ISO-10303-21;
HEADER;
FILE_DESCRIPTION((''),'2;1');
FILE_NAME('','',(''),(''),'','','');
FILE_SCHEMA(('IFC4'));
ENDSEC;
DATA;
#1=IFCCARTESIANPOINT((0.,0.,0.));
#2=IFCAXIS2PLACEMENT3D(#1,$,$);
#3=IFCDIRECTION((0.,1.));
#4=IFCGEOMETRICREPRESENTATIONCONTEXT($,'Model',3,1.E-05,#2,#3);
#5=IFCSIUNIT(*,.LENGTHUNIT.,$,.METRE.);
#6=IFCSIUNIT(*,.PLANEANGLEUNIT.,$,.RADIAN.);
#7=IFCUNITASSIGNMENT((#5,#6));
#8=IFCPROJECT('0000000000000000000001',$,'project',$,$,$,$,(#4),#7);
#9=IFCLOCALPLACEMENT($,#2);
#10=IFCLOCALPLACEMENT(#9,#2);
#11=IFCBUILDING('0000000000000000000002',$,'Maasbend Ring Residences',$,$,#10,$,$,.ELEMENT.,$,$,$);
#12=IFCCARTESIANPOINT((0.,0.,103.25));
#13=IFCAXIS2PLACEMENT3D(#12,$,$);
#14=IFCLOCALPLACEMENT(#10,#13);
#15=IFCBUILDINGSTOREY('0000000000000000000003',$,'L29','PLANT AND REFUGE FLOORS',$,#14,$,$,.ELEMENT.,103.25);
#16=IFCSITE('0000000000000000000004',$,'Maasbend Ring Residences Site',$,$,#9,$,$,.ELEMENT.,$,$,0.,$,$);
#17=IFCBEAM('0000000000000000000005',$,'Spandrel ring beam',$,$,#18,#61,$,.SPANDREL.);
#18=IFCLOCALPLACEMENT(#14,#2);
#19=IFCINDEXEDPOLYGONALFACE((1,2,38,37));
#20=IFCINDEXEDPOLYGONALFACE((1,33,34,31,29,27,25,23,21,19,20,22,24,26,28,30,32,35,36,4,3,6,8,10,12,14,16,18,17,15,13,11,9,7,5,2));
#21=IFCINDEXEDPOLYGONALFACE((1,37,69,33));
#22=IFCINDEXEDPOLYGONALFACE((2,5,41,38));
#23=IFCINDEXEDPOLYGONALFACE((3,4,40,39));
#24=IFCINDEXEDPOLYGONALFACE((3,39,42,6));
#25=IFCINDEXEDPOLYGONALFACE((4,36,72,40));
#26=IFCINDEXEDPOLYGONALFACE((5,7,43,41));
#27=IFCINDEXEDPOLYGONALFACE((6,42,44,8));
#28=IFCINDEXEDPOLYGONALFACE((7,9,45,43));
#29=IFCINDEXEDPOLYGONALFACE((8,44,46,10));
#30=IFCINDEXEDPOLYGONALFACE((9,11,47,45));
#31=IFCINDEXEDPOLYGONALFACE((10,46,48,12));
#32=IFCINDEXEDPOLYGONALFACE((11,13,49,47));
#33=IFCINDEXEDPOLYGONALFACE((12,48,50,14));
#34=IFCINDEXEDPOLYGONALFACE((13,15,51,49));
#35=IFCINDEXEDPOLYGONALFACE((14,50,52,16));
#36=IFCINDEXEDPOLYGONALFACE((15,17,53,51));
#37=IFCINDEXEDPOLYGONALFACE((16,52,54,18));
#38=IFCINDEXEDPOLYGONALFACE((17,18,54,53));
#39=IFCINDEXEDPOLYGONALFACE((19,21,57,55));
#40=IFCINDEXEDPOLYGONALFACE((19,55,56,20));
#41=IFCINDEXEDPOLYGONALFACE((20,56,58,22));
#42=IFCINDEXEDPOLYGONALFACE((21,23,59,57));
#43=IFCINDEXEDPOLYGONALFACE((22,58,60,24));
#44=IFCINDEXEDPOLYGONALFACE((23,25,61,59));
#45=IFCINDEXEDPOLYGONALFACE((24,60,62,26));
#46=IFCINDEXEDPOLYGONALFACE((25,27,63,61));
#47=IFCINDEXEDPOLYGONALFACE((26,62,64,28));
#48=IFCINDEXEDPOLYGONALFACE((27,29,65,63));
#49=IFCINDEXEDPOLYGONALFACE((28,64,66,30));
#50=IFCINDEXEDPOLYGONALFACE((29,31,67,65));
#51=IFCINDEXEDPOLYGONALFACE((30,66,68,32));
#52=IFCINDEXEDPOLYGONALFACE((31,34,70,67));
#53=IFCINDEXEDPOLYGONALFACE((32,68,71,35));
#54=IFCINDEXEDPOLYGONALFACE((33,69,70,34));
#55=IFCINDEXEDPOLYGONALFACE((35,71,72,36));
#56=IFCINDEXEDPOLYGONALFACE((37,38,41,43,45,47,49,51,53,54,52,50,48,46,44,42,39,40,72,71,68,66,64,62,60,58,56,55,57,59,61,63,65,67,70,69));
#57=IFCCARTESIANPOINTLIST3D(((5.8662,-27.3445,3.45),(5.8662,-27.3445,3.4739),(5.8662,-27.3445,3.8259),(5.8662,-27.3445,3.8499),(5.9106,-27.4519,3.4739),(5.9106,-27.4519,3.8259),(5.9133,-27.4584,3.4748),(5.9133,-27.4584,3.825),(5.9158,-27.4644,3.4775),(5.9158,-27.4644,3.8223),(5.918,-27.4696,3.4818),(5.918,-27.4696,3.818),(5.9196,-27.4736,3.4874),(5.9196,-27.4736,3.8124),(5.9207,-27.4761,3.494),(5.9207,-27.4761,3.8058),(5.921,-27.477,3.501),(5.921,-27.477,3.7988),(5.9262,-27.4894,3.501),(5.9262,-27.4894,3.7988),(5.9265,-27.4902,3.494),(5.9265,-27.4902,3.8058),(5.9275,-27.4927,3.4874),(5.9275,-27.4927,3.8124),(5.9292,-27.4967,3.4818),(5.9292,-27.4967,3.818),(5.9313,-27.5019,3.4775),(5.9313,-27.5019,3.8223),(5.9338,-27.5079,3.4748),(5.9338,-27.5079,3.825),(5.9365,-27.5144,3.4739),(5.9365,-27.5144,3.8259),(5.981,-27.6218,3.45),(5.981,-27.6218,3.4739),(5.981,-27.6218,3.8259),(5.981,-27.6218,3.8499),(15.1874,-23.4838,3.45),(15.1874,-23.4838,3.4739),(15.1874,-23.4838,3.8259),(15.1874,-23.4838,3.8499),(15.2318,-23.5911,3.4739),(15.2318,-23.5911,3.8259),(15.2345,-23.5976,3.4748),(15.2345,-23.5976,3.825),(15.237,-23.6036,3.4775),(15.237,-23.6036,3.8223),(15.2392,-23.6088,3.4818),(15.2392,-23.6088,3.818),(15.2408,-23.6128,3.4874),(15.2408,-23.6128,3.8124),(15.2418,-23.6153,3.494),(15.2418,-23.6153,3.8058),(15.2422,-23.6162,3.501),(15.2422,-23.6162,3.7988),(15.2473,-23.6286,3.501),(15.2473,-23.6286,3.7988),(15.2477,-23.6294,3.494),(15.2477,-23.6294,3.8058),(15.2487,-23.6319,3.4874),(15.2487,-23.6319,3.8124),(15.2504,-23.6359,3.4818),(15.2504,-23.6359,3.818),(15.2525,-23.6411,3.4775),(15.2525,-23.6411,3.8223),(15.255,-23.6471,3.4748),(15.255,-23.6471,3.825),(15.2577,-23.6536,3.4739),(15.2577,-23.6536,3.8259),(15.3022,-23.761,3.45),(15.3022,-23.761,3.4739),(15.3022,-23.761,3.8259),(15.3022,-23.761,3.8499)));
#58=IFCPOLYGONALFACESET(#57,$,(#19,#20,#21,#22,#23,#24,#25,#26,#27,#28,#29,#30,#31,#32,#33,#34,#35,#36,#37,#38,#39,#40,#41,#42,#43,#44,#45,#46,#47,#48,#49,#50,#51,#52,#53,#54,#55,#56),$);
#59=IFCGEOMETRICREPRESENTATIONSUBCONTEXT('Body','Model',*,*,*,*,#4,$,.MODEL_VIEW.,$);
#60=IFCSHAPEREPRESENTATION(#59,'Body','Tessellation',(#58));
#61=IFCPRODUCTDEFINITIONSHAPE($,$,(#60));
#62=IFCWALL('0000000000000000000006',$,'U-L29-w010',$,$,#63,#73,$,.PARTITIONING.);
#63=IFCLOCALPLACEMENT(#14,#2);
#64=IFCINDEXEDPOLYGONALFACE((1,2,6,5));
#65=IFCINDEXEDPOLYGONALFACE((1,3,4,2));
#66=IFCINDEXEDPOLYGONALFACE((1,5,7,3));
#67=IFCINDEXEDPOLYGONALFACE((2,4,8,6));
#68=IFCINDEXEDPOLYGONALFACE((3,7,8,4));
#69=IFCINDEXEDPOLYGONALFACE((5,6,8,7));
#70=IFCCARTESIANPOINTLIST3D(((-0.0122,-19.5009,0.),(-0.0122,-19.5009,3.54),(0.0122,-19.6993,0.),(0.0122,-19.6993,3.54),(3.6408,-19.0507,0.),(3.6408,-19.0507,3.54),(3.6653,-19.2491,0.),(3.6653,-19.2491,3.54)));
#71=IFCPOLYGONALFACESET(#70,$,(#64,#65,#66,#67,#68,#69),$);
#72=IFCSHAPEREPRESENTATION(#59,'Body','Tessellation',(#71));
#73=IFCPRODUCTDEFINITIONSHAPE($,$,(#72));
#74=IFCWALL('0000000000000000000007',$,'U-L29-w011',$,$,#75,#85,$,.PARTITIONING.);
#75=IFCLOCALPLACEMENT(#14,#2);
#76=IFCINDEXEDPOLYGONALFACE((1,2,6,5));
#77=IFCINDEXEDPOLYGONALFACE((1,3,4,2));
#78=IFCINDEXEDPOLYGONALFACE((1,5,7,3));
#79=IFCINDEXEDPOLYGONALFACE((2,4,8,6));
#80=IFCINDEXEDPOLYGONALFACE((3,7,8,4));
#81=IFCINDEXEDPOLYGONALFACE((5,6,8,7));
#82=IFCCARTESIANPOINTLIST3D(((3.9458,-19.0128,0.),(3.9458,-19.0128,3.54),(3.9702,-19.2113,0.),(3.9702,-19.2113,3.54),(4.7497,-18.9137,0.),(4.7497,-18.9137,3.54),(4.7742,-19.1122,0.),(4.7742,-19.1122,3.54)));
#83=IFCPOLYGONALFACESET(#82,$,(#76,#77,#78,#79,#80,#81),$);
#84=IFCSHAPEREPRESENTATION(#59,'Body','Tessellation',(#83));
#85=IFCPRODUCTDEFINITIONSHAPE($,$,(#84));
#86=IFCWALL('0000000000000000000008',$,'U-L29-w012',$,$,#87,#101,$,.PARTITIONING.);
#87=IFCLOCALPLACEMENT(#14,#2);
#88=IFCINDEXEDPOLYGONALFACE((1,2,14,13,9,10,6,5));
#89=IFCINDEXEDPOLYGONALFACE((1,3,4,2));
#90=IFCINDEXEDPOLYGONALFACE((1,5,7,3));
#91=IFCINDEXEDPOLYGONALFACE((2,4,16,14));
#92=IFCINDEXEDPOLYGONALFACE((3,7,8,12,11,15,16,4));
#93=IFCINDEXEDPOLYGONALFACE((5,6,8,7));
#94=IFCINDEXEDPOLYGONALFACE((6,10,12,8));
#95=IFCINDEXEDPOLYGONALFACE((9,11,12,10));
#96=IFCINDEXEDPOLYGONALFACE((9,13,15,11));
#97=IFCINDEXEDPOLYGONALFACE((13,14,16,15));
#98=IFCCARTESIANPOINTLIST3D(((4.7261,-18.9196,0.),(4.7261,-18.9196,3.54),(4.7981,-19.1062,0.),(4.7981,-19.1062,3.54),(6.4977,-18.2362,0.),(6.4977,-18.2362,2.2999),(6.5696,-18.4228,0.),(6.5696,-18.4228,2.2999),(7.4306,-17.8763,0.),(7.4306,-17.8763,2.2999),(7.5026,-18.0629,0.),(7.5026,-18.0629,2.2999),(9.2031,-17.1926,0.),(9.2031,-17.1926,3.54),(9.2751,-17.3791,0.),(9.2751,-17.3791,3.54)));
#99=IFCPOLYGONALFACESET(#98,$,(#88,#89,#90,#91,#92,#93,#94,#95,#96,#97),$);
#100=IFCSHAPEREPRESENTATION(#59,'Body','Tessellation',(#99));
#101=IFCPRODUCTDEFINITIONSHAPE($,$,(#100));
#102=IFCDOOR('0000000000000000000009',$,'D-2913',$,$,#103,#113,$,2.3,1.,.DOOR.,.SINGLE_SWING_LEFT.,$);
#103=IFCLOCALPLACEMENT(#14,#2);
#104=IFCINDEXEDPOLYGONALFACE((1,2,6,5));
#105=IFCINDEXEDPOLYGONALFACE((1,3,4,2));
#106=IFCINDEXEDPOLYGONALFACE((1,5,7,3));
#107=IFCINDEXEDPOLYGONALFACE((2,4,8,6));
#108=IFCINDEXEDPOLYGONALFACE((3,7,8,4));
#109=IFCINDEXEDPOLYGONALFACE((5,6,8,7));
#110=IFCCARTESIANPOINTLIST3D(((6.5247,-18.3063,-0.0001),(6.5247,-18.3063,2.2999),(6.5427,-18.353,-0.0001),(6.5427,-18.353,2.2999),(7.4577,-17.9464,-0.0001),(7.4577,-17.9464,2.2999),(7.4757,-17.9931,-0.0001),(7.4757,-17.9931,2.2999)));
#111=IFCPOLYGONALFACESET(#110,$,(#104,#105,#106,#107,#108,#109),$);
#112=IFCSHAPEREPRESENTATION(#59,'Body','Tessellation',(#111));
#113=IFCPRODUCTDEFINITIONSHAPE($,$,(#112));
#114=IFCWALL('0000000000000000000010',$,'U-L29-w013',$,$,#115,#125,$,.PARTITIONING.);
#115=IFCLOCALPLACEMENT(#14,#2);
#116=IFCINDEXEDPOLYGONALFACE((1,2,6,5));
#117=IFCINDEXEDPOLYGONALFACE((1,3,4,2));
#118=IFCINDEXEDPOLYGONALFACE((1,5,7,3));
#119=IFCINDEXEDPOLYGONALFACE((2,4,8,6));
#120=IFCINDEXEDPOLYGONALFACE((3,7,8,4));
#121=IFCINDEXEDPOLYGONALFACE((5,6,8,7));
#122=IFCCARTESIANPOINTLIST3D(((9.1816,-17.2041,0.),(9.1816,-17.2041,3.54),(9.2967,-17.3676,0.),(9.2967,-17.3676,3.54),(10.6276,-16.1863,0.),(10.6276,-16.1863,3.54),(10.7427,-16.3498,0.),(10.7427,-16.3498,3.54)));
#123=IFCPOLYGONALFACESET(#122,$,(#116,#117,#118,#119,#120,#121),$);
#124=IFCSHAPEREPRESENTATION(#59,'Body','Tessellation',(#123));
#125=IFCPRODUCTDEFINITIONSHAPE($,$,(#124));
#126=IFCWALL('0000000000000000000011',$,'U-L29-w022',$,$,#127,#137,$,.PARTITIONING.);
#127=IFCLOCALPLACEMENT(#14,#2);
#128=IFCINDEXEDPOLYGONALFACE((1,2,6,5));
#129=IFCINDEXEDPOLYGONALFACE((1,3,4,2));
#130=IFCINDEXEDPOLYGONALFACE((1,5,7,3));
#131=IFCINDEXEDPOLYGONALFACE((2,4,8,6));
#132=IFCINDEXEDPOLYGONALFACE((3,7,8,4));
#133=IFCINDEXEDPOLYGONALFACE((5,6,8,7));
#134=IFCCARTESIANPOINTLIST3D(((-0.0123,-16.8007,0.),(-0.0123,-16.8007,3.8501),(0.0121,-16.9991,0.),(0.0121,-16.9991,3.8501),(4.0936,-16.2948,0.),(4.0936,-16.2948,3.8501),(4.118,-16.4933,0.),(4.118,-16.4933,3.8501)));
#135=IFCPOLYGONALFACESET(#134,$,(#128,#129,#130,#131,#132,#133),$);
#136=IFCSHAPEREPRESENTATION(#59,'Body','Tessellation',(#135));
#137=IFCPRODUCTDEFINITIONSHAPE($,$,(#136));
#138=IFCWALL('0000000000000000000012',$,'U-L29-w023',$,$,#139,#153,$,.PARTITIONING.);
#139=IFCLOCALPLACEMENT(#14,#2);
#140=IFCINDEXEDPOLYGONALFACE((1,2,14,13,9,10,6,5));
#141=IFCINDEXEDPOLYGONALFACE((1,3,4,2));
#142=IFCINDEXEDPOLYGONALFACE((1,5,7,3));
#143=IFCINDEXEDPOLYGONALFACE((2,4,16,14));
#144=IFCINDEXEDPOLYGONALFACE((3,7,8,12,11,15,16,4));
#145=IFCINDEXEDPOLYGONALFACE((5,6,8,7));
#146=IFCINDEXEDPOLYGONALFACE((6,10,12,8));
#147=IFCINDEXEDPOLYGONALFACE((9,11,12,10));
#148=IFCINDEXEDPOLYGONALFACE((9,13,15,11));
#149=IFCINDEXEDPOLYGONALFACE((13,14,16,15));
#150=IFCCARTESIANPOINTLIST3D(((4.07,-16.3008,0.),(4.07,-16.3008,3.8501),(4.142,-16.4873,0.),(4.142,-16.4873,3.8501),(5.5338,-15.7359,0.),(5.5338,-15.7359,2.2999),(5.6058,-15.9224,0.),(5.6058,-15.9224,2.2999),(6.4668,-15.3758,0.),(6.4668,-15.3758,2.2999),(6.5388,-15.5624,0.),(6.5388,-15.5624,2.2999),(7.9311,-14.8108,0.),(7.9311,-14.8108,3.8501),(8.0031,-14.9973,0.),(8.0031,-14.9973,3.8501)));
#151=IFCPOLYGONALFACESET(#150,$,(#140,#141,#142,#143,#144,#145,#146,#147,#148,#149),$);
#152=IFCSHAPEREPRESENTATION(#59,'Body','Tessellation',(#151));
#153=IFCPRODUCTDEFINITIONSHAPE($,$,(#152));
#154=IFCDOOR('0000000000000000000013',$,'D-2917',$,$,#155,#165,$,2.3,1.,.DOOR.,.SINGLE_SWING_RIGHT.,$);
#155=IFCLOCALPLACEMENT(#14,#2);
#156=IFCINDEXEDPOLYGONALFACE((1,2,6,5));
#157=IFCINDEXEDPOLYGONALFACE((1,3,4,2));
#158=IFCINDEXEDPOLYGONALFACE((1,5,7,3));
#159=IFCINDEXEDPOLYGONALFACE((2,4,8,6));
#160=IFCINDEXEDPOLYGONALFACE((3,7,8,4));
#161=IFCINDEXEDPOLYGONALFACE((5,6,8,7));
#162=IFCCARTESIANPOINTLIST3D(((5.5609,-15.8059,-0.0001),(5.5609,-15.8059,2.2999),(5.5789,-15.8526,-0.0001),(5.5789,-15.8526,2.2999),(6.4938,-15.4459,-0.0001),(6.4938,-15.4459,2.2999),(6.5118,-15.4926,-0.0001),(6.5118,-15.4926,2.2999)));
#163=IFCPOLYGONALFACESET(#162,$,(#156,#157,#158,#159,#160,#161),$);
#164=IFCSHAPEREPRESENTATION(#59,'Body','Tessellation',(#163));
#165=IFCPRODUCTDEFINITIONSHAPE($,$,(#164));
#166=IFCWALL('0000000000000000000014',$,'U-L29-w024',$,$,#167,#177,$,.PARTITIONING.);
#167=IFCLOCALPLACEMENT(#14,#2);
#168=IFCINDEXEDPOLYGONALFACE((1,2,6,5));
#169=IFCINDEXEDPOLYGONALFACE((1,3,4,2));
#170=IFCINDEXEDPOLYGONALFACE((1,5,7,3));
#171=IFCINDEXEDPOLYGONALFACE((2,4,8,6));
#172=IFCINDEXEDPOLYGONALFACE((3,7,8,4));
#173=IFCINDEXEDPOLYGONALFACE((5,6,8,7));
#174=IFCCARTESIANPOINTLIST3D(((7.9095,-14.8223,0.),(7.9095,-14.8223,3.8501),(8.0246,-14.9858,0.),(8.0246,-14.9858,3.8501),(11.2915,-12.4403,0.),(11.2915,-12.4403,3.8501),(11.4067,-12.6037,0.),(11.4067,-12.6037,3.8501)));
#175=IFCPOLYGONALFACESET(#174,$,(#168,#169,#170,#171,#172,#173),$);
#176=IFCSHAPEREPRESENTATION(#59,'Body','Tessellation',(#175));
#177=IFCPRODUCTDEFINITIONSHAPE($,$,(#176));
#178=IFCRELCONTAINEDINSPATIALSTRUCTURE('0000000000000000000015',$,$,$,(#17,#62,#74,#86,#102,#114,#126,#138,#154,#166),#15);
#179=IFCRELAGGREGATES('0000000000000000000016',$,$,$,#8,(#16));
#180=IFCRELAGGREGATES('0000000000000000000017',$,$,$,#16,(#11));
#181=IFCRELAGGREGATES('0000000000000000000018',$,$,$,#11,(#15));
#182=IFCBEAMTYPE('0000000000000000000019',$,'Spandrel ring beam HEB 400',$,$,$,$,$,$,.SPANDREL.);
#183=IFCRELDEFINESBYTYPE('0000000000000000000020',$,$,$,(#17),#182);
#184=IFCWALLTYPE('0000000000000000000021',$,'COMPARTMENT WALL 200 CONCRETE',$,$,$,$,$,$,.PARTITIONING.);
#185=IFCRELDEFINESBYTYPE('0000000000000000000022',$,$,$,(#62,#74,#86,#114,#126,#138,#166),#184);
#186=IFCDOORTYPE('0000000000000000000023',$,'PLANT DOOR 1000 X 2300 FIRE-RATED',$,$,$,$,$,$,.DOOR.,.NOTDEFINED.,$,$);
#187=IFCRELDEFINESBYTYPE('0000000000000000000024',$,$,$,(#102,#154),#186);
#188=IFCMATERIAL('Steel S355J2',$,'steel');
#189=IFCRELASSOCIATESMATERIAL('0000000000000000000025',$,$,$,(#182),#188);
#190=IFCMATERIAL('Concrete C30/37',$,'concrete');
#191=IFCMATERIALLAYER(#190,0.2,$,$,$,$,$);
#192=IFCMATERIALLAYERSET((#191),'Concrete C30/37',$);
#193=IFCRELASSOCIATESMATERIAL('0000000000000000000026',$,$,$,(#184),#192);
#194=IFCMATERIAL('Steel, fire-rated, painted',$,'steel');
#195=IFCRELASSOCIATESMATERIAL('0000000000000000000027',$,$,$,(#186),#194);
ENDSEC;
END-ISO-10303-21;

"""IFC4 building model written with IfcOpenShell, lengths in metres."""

from ifc_helpers import new_model, si_unit, direction, frame, frame_2d, origin, origin_2d, place, context, subcontext, project, spatial, rectangle, i_section, extrude, material, layer, layer_set, material_profile, profile_set, type_object, element, fill, save


model = new_model("IFC4")

# Units and contexts
model_context = context("Model", 3, precision=1e-05, world=origin(), true_north=direction((0.0, 1.0)))
body_context = subcontext(model_context, "Body", "Model", "MODEL_VIEW")
ifc_project = project(units=[si_unit("LENGTHUNIT", "METRE"), si_unit("PLANEANGLEUNIT", "RADIAN")], contexts=[model_context])

# Site, building, storey
site_placement = place(None, origin())
site = spatial("IfcSite", under=ifc_project, at=site_placement, Name="Maasbend Ring Residences Site", CompositionType="ELEMENT", RefElevation=0.0)
building_placement = place(site_placement, origin())
building = spatial("IfcBuilding", under=site, at=building_placement, Name="Maasbend Ring Residences", CompositionType="ELEMENT")
storey_placement = place(building_placement, frame((0.0, 0.0, 103.25)))
storey = spatial("IfcBuildingStorey", under=building, at=storey_placement, Name="L29", Description="PLANT AND REFUGE FLOORS", CompositionType="ELEMENT", Elevation=103.25)

# Beam
ifc_material_1 = material(Name="Steel S355J2", Category="steel")
ifc_material_profile_1 = material_profile(ifc_material_1, i_section(OverallWidth=0.3, OverallDepth=0.3999, WebThickness=0.0134, FlangeThickness=0.0239, FilletRadius=0.0271, at=origin_2d()), Name="HEB 400")
ifc_profile_set_1 = profile_set([ifc_material_profile_1], Name="Steel S355J2")
beam_type_1 = type_object("IfcBeamType", Name="Spandrel ring beam HEB 400", PredefinedType="SPANDREL", material=ifc_profile_set_1)
beam_1_placement = place(storey_placement, frame((5.9236, -27.4832, 3.6499), z_axis=(0.923885, 0.38267, 0.0), x_axis=(-0.38267, 0.923885, 0.0)))
element("IfcBeam", 1, at=beam_1_placement, inside=storey, type_object=beam_type_1, Name="Spandrel ring beam", PredefinedType="SPANDREL", context=body_context, shape_type="SweptSolid", body=[
    extrude(i_section(OverallWidth=0.3, OverallDepth=0.3999, WebThickness=0.0134, FlangeThickness=0.0239, FilletRadius=0.0271, at=origin_2d()), origin(), (0.0, 0.0, 1.0), 10.0891),
])

# Walls
ifc_material_2 = material(Name="Concrete C30/37", Category="concrete")
ifc_layer_1 = layer(ifc_material_2, 0.2)
ifc_layer_set_1 = layer_set([ifc_layer_1], Name="Concrete C30/37")
wall_type_1 = type_object("IfcWallType", Name="COMPARTMENT WALL 200 CONCRETE", PredefinedType="PARTITIONING", material=ifc_layer_set_1)
wall_1_placement = place(storey_placement, frame((0.0, -19.6001, 0.0), z_axis=(0.0, 0.0, 1.0), x_axis=(0.992492, 0.122312, 0.0)))
element("IfcWall", 2, at=wall_1_placement, inside=storey, type_object=wall_type_1, Name="U-L29-w010", PredefinedType="PARTITIONING", context=body_context, shape_type="SweptSolid", body=[
    extrude(rectangle(XDim=3.6807, YDim=0.2, at=frame_2d((1.8403, 0.0))), origin(), (0.0, 0.0, 1.0), 3.54),
])
wall_2_placement = place(storey_placement, frame((3.958, -19.1121, 0.0), z_axis=(0.0, 0.0, 1.0), x_axis=(0.992485, 0.122365, 0.0)))
element("IfcWall", 3, at=wall_2_placement, inside=storey, type_object=wall_type_1, Name="U-L29-w011", PredefinedType="PARTITIONING", context=body_context, shape_type="SweptSolid", body=[
    extrude(rectangle(XDim=0.8101, YDim=0.2, at=frame_2d((0.405, 0.0))), origin(), (0.0, 0.0, 1.0), 3.54),
])

# Wall, opening, door
wall_3_placement = place(storey_placement, frame((4.762, -19.0129, 0.0), z_axis=(0.0, 0.0, 1.0), x_axis=(0.932988, 0.359906, 0.0)))
wall_3 = element("IfcWall", 4, at=wall_3_placement, inside=storey, type_object=wall_type_1, Name="U-L29-w012", PredefinedType="PARTITIONING", context=body_context, shape_type="SweptSolid", body=[
    extrude(rectangle(XDim=4.7986, YDim=0.2, at=frame_2d((2.3994, 0.0))), origin(), (0.0, 0.0, 1.0), 3.54),
])
opening_1_placement = place(wall_3_placement, frame((1.8989, 0.0, 0.0)))
opening_1 = element("IfcOpeningElement", 5, at=opening_1_placement, cuts=wall_3, PredefinedType="OPENING", context=body_context, shape_type="SweptSolid", body=[
    extrude(rectangle(XDim=1.0, YDim=2.3, at=frame_2d((0.5, 1.1499))), frame((0.0, 0.1099, 0.0), z_axis=(0.0, -1.0, 0.0), x_axis=(1.0, 0.0, 0.0)), (0.0, 0.0, 1.0), 0.22),
])
ifc_material_3 = material(Name="Steel, fire-rated, painted", Category="steel")
door_type_1 = type_object("IfcDoorType", Name="PLANT DOOR 1000 X 2300 FIRE-RATED", OperationType="NOTDEFINED", PredefinedType="DOOR", material=ifc_material_3)
door_1_placement = place(opening_1_placement, origin())
door_1 = element("IfcDoor", 6, at=door_1_placement, inside=storey, type_object=door_type_1, Name="D-2913", OperationType="SINGLE_SWING_LEFT", OverallHeight=2.3, OverallWidth=1.0, PredefinedType="DOOR", context=body_context, shape_type="SweptSolid", body=[
    extrude(rectangle(XDim=1.0, YDim=2.3, at=frame_2d((0.5, 1.1499))), frame((0.0, 0.0249, 0.0), z_axis=(0.0, -1.0, 0.0), x_axis=(1.0, 0.0, 0.0)), (0.0, 0.0, 1.0), 0.05),
])
fill(opening_1, door_1)

# Walls
wall_4_placement = place(storey_placement, frame((9.239, -17.2859, 0.0), z_axis=(0.0, 0.0, 1.0), x_axis=(0.817744, 0.575582, 0.0)))
element("IfcWall", 7, at=wall_4_placement, inside=storey, type_object=wall_type_1, Name="U-L29-w013", PredefinedType="PARTITIONING", context=body_context, shape_type="SweptSolid", body=[
    extrude(rectangle(XDim=1.7683, YDim=0.2, at=frame_2d((0.8843, 0.0))), origin(), (0.0, 0.0, 1.0), 3.54),
])
wall_5_placement = place(storey_placement, frame((0.0, -16.8999, 0.0), z_axis=(0.0, 0.0, 1.0), x_axis=(0.992496, 0.122277, 0.0)))
element("IfcWall", 8, at=wall_5_placement, inside=storey, type_object=wall_type_1, Name="U-L29-w022", PredefinedType="PARTITIONING", context=body_context, shape_type="SweptSolid", body=[
    extrude(rectangle(XDim=4.137, YDim=0.2, at=frame_2d((2.0684, 0.0))), origin(), (0.0, 0.0, 1.0), 3.8501),
])

# Wall, opening, door
wall_6_placement = place(storey_placement, frame((4.106, -16.394, 0.0), z_axis=(0.0, 0.0, 1.0), x_axis=(0.932944, 0.360022, 0.0)))
wall_6 = element("IfcWall", 9, at=wall_6_placement, inside=storey, type_object=wall_type_1, Name="U-L29-w023", PredefinedType="PARTITIONING", context=body_context, shape_type="SweptSolid", body=[
    extrude(rectangle(XDim=4.1387, YDim=0.2, at=frame_2d((2.0693, 0.0))), origin(), (0.0, 0.0, 1.0), 3.8501),
])
opening_2_placement = place(wall_6_placement, frame((1.5691, 0.0, 0.0)))
opening_2 = element("IfcOpeningElement", 10, at=opening_2_placement, cuts=wall_6, PredefinedType="OPENING", context=body_context, shape_type="SweptSolid", body=[
    extrude(rectangle(XDim=1.0, YDim=2.3, at=frame_2d((0.5, 1.1499))), frame((0.0, 0.1099, 0.0), z_axis=(0.0, -1.0, 0.0), x_axis=(1.0, 0.0, 0.0)), (0.0, 0.0, 1.0), 0.22),
])
door_2_placement = place(opening_2_placement, origin())
door_2 = element("IfcDoor", 11, at=door_2_placement, inside=storey, type_object=door_type_1, Name="D-2917", OperationType="SINGLE_SWING_RIGHT", OverallHeight=2.3, OverallWidth=1.0, PredefinedType="DOOR", context=body_context, shape_type="SweptSolid", body=[
    extrude(rectangle(XDim=1.0, YDim=2.3, at=frame_2d((0.5, 1.1499))), frame((0.0, 0.0249, 0.0), z_axis=(0.0, -1.0, 0.0), x_axis=(1.0, 0.0, 0.0)), (0.0, 0.0, 1.0), 0.05),
])
fill(opening_2, door_2)

# Wall
wall_7_placement = place(storey_placement, frame((7.967, -14.9041, 0.0), z_axis=(0.0, 0.0, 1.0), x_axis=(0.817568, 0.575833, 0.0)))
element("IfcWall", 12, at=wall_7_placement, inside=storey, type_object=wall_type_1, Name="U-L29-w024", PredefinedType="PARTITIONING", context=body_context, shape_type="SweptSolid", body=[
    extrude(rectangle(XDim=4.1367, YDim=0.2, at=frame_2d((2.0684, 0.0))), origin(), (0.0, 0.0, 1.0), 3.8501),
])

save(model, "model.ifc")
